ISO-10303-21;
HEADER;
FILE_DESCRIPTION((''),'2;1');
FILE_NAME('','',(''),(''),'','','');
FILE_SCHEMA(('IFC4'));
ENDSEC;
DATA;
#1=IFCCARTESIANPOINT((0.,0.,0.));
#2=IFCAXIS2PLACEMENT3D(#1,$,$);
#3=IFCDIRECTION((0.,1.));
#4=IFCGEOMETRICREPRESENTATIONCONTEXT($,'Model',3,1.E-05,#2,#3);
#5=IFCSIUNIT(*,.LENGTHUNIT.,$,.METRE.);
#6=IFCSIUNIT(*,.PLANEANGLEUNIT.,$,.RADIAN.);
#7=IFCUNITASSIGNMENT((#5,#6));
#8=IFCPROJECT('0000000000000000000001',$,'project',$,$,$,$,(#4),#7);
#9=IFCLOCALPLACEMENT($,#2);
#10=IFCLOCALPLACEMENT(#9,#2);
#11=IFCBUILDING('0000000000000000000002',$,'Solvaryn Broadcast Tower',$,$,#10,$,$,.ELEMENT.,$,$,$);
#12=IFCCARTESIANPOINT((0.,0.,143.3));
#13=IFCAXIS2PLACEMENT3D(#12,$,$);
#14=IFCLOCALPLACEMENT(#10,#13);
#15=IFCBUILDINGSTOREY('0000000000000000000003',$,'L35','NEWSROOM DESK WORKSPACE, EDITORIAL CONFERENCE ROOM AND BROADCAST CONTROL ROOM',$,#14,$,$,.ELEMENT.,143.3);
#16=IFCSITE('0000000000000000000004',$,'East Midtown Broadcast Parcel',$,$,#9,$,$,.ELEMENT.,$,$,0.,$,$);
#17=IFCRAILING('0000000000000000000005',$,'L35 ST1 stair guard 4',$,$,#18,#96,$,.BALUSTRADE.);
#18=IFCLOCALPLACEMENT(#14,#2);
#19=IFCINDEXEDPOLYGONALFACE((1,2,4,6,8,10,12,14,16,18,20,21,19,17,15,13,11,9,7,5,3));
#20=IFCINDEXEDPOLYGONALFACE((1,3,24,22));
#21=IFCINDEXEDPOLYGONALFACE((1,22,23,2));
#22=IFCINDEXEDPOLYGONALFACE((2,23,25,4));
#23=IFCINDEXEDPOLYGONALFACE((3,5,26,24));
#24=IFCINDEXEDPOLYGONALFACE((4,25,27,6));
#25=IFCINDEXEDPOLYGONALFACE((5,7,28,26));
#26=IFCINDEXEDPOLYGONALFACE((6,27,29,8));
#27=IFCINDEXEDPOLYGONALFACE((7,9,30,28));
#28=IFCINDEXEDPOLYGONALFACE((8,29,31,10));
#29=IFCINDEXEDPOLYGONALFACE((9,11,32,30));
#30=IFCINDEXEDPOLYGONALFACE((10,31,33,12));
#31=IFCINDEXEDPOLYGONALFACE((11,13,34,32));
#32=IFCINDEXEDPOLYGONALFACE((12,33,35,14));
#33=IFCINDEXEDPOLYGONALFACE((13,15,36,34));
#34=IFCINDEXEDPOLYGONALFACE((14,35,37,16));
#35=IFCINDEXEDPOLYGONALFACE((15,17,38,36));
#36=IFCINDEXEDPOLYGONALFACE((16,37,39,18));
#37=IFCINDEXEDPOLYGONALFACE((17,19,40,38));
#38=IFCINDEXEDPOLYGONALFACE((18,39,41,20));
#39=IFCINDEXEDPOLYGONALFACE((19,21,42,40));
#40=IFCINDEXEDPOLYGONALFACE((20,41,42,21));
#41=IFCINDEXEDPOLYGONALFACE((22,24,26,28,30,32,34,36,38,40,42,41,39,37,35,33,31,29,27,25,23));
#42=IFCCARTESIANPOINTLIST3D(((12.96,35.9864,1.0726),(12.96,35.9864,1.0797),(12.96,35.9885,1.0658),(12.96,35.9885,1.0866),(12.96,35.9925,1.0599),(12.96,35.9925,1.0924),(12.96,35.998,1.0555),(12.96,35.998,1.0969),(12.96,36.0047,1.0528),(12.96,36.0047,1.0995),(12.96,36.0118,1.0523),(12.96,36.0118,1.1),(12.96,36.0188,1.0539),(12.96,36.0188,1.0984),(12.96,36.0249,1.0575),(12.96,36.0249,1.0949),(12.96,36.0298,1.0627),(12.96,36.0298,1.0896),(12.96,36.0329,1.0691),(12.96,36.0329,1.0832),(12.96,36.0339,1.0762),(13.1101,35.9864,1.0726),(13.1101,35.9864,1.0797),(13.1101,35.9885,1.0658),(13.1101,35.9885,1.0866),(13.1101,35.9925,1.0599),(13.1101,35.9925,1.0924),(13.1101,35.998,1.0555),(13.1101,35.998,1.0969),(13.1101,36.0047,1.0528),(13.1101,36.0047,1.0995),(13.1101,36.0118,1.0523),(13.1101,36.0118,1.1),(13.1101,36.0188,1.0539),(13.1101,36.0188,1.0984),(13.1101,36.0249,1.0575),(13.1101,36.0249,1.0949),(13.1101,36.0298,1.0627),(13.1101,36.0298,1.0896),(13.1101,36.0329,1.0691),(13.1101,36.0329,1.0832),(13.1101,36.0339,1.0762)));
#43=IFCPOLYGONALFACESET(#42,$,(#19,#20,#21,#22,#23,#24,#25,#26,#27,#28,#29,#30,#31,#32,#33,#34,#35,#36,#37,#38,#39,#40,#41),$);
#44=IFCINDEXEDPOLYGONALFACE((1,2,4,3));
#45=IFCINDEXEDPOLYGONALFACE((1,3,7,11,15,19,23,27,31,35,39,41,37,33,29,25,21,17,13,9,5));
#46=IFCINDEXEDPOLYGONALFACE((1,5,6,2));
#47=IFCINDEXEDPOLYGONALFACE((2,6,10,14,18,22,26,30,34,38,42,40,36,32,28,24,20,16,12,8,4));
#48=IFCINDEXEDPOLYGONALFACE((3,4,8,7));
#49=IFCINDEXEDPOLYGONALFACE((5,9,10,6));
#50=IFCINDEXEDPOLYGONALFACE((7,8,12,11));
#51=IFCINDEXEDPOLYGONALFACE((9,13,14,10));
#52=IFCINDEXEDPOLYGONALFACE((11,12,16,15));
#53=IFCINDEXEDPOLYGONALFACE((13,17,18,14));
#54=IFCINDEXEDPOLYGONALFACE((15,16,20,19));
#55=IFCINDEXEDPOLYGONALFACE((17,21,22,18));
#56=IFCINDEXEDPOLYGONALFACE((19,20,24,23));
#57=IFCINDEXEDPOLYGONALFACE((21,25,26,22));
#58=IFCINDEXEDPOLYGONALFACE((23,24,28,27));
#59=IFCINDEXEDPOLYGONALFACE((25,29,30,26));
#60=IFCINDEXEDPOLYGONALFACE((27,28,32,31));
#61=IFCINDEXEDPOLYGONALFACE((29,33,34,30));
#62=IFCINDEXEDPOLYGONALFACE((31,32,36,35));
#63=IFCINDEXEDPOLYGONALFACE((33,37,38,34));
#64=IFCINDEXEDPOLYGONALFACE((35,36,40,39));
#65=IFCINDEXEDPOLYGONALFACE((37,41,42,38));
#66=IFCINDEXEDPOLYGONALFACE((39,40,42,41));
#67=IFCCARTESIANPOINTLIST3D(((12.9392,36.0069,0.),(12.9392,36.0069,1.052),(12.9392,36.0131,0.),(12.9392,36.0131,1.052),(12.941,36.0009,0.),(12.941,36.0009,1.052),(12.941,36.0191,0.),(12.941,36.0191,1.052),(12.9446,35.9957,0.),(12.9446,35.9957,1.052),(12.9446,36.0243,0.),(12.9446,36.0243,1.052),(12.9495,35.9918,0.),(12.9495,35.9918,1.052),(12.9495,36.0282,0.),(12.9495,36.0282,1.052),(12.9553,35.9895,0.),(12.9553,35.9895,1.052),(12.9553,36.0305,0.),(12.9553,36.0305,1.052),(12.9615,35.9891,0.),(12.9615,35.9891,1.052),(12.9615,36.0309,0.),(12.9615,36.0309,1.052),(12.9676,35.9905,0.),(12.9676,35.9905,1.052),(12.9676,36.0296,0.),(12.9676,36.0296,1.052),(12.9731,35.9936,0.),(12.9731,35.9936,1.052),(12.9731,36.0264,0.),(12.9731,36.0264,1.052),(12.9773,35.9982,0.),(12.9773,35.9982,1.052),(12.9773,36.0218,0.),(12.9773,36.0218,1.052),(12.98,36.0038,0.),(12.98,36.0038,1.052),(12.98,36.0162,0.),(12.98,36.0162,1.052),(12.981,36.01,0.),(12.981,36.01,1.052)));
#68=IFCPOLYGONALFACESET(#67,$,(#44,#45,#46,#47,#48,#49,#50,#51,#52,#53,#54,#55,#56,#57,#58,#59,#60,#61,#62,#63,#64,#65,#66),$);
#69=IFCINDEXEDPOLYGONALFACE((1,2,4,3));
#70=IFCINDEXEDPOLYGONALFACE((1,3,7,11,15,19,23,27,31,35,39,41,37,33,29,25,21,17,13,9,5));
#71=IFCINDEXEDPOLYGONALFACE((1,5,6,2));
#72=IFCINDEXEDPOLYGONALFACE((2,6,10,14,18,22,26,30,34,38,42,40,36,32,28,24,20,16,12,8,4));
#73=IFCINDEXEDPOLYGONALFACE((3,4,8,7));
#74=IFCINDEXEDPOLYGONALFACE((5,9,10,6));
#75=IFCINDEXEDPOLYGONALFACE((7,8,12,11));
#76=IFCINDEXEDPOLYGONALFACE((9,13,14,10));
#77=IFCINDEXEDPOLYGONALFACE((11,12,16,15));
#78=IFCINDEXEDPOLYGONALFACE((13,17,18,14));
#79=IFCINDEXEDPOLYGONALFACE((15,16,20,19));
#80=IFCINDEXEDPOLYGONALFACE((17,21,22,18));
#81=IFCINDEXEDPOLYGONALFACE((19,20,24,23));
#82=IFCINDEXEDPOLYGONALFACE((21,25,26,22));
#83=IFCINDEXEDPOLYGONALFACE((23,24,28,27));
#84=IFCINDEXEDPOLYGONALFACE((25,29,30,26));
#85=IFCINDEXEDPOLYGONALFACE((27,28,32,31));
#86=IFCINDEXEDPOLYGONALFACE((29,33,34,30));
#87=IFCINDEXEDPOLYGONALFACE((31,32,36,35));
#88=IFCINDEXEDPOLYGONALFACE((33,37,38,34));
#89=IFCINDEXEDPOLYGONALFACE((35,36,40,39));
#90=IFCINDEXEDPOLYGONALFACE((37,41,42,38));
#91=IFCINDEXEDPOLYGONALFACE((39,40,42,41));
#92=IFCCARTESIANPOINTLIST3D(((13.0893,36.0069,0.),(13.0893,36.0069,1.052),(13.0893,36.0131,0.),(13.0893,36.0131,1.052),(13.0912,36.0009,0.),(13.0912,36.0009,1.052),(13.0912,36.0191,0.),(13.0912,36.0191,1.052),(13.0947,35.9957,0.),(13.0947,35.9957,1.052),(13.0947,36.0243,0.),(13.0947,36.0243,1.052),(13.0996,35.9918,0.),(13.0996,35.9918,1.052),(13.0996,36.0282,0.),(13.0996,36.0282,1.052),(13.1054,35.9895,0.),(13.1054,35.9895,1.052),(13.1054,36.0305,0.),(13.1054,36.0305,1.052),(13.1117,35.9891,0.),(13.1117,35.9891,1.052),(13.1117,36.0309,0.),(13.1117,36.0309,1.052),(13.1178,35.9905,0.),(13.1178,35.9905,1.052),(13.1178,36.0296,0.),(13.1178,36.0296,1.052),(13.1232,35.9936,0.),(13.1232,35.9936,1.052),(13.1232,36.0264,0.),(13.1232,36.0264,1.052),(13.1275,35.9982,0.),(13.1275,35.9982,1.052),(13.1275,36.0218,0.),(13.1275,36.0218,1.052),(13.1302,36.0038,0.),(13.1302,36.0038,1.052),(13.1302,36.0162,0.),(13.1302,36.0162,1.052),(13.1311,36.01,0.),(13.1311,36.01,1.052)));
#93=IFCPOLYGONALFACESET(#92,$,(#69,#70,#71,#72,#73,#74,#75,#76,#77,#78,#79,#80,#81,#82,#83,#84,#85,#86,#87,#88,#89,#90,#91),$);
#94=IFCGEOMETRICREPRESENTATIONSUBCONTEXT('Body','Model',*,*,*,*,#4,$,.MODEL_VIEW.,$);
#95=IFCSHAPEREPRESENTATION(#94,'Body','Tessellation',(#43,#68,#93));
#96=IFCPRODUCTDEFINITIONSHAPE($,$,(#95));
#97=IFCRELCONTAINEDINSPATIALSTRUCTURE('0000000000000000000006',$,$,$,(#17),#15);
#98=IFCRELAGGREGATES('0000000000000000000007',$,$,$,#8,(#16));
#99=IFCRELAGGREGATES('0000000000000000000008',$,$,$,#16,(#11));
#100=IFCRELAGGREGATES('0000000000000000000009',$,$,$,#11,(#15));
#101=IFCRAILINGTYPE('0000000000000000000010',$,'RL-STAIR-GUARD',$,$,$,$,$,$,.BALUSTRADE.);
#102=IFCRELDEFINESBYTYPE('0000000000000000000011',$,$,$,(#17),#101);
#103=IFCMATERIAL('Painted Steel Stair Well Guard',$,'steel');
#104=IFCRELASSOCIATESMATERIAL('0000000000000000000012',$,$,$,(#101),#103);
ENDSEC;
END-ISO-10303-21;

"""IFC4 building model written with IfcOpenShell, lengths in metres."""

from ifc_helpers import new_model, si_unit, direction, frame, origin, origin_2d, place, context, subcontext, project, spatial, circle, extrude, material, type_object, element, save


model = new_model("IFC4")

# Units and contexts
model_context = context("Model", 3, precision=1e-05, world=origin(), true_north=direction((0.0, 1.0)))
body_context = subcontext(model_context, "Body", "Model", "MODEL_VIEW")
ifc_project = project(units=[si_unit("LENGTHUNIT", "METRE"), si_unit("PLANEANGLEUNIT", "RADIAN")], contexts=[model_context])

# Site, building, storey
site_placement = place(None, origin())
site = spatial("IfcSite", under=ifc_project, at=site_placement, Name="East Midtown Broadcast Parcel", CompositionType="ELEMENT", RefElevation=0.0)
building_placement = place(site_placement, origin())
building = spatial("IfcBuilding", under=site, at=building_placement, Name="Solvaryn Broadcast Tower", CompositionType="ELEMENT")
storey_placement = place(building_placement, frame((0.0, 0.0, 143.3)))
storey = spatial("IfcBuildingStorey", under=building, at=storey_placement, Name="L35", Description="NEWSROOM DESK WORKSPACE, EDITORIAL CONFERENCE ROOM AND BROADCAST CONTROL ROOM", CompositionType="ELEMENT", Elevation=143.3)

# Railing
ifc_material_1 = material(Name="Painted Steel Stair Well Guard", Category="steel")
railing_type_1 = type_object("IfcRailingType", Name="RL-STAIR-GUARD", PredefinedType="BALUSTRADE", material=ifc_material_1)
railing_1_placement = place(storey_placement, frame((12.96, 36.01, 0.0)))
element("IfcRailing", 1, at=railing_1_placement, inside=storey, type_object=railing_type_1, Name="L35 ST1 stair guard 4", PredefinedType="BALUSTRADE", context=body_context, shape_type="SweptSolid", body=[
    extrude(circle(Radius=0.0239, at=origin_2d()), frame((0.0, 0.0, 1.0762), z_axis=(1.0, 0.0, 0.0), x_axis=(0.0, 1.0, 0.0)), (0.0, 0.0, 1.0), 0.1501),
    extrude(circle(Radius=0.021, at=origin_2d()), origin(), (0.0, 0.0, 1.0), 1.052),
    extrude(circle(Radius=0.021, at=origin_2d()), frame((0.1501, 0.0, 0.0)), (0.0, 0.0, 1.0), 1.052),
])

save(model, "model.ifc")
